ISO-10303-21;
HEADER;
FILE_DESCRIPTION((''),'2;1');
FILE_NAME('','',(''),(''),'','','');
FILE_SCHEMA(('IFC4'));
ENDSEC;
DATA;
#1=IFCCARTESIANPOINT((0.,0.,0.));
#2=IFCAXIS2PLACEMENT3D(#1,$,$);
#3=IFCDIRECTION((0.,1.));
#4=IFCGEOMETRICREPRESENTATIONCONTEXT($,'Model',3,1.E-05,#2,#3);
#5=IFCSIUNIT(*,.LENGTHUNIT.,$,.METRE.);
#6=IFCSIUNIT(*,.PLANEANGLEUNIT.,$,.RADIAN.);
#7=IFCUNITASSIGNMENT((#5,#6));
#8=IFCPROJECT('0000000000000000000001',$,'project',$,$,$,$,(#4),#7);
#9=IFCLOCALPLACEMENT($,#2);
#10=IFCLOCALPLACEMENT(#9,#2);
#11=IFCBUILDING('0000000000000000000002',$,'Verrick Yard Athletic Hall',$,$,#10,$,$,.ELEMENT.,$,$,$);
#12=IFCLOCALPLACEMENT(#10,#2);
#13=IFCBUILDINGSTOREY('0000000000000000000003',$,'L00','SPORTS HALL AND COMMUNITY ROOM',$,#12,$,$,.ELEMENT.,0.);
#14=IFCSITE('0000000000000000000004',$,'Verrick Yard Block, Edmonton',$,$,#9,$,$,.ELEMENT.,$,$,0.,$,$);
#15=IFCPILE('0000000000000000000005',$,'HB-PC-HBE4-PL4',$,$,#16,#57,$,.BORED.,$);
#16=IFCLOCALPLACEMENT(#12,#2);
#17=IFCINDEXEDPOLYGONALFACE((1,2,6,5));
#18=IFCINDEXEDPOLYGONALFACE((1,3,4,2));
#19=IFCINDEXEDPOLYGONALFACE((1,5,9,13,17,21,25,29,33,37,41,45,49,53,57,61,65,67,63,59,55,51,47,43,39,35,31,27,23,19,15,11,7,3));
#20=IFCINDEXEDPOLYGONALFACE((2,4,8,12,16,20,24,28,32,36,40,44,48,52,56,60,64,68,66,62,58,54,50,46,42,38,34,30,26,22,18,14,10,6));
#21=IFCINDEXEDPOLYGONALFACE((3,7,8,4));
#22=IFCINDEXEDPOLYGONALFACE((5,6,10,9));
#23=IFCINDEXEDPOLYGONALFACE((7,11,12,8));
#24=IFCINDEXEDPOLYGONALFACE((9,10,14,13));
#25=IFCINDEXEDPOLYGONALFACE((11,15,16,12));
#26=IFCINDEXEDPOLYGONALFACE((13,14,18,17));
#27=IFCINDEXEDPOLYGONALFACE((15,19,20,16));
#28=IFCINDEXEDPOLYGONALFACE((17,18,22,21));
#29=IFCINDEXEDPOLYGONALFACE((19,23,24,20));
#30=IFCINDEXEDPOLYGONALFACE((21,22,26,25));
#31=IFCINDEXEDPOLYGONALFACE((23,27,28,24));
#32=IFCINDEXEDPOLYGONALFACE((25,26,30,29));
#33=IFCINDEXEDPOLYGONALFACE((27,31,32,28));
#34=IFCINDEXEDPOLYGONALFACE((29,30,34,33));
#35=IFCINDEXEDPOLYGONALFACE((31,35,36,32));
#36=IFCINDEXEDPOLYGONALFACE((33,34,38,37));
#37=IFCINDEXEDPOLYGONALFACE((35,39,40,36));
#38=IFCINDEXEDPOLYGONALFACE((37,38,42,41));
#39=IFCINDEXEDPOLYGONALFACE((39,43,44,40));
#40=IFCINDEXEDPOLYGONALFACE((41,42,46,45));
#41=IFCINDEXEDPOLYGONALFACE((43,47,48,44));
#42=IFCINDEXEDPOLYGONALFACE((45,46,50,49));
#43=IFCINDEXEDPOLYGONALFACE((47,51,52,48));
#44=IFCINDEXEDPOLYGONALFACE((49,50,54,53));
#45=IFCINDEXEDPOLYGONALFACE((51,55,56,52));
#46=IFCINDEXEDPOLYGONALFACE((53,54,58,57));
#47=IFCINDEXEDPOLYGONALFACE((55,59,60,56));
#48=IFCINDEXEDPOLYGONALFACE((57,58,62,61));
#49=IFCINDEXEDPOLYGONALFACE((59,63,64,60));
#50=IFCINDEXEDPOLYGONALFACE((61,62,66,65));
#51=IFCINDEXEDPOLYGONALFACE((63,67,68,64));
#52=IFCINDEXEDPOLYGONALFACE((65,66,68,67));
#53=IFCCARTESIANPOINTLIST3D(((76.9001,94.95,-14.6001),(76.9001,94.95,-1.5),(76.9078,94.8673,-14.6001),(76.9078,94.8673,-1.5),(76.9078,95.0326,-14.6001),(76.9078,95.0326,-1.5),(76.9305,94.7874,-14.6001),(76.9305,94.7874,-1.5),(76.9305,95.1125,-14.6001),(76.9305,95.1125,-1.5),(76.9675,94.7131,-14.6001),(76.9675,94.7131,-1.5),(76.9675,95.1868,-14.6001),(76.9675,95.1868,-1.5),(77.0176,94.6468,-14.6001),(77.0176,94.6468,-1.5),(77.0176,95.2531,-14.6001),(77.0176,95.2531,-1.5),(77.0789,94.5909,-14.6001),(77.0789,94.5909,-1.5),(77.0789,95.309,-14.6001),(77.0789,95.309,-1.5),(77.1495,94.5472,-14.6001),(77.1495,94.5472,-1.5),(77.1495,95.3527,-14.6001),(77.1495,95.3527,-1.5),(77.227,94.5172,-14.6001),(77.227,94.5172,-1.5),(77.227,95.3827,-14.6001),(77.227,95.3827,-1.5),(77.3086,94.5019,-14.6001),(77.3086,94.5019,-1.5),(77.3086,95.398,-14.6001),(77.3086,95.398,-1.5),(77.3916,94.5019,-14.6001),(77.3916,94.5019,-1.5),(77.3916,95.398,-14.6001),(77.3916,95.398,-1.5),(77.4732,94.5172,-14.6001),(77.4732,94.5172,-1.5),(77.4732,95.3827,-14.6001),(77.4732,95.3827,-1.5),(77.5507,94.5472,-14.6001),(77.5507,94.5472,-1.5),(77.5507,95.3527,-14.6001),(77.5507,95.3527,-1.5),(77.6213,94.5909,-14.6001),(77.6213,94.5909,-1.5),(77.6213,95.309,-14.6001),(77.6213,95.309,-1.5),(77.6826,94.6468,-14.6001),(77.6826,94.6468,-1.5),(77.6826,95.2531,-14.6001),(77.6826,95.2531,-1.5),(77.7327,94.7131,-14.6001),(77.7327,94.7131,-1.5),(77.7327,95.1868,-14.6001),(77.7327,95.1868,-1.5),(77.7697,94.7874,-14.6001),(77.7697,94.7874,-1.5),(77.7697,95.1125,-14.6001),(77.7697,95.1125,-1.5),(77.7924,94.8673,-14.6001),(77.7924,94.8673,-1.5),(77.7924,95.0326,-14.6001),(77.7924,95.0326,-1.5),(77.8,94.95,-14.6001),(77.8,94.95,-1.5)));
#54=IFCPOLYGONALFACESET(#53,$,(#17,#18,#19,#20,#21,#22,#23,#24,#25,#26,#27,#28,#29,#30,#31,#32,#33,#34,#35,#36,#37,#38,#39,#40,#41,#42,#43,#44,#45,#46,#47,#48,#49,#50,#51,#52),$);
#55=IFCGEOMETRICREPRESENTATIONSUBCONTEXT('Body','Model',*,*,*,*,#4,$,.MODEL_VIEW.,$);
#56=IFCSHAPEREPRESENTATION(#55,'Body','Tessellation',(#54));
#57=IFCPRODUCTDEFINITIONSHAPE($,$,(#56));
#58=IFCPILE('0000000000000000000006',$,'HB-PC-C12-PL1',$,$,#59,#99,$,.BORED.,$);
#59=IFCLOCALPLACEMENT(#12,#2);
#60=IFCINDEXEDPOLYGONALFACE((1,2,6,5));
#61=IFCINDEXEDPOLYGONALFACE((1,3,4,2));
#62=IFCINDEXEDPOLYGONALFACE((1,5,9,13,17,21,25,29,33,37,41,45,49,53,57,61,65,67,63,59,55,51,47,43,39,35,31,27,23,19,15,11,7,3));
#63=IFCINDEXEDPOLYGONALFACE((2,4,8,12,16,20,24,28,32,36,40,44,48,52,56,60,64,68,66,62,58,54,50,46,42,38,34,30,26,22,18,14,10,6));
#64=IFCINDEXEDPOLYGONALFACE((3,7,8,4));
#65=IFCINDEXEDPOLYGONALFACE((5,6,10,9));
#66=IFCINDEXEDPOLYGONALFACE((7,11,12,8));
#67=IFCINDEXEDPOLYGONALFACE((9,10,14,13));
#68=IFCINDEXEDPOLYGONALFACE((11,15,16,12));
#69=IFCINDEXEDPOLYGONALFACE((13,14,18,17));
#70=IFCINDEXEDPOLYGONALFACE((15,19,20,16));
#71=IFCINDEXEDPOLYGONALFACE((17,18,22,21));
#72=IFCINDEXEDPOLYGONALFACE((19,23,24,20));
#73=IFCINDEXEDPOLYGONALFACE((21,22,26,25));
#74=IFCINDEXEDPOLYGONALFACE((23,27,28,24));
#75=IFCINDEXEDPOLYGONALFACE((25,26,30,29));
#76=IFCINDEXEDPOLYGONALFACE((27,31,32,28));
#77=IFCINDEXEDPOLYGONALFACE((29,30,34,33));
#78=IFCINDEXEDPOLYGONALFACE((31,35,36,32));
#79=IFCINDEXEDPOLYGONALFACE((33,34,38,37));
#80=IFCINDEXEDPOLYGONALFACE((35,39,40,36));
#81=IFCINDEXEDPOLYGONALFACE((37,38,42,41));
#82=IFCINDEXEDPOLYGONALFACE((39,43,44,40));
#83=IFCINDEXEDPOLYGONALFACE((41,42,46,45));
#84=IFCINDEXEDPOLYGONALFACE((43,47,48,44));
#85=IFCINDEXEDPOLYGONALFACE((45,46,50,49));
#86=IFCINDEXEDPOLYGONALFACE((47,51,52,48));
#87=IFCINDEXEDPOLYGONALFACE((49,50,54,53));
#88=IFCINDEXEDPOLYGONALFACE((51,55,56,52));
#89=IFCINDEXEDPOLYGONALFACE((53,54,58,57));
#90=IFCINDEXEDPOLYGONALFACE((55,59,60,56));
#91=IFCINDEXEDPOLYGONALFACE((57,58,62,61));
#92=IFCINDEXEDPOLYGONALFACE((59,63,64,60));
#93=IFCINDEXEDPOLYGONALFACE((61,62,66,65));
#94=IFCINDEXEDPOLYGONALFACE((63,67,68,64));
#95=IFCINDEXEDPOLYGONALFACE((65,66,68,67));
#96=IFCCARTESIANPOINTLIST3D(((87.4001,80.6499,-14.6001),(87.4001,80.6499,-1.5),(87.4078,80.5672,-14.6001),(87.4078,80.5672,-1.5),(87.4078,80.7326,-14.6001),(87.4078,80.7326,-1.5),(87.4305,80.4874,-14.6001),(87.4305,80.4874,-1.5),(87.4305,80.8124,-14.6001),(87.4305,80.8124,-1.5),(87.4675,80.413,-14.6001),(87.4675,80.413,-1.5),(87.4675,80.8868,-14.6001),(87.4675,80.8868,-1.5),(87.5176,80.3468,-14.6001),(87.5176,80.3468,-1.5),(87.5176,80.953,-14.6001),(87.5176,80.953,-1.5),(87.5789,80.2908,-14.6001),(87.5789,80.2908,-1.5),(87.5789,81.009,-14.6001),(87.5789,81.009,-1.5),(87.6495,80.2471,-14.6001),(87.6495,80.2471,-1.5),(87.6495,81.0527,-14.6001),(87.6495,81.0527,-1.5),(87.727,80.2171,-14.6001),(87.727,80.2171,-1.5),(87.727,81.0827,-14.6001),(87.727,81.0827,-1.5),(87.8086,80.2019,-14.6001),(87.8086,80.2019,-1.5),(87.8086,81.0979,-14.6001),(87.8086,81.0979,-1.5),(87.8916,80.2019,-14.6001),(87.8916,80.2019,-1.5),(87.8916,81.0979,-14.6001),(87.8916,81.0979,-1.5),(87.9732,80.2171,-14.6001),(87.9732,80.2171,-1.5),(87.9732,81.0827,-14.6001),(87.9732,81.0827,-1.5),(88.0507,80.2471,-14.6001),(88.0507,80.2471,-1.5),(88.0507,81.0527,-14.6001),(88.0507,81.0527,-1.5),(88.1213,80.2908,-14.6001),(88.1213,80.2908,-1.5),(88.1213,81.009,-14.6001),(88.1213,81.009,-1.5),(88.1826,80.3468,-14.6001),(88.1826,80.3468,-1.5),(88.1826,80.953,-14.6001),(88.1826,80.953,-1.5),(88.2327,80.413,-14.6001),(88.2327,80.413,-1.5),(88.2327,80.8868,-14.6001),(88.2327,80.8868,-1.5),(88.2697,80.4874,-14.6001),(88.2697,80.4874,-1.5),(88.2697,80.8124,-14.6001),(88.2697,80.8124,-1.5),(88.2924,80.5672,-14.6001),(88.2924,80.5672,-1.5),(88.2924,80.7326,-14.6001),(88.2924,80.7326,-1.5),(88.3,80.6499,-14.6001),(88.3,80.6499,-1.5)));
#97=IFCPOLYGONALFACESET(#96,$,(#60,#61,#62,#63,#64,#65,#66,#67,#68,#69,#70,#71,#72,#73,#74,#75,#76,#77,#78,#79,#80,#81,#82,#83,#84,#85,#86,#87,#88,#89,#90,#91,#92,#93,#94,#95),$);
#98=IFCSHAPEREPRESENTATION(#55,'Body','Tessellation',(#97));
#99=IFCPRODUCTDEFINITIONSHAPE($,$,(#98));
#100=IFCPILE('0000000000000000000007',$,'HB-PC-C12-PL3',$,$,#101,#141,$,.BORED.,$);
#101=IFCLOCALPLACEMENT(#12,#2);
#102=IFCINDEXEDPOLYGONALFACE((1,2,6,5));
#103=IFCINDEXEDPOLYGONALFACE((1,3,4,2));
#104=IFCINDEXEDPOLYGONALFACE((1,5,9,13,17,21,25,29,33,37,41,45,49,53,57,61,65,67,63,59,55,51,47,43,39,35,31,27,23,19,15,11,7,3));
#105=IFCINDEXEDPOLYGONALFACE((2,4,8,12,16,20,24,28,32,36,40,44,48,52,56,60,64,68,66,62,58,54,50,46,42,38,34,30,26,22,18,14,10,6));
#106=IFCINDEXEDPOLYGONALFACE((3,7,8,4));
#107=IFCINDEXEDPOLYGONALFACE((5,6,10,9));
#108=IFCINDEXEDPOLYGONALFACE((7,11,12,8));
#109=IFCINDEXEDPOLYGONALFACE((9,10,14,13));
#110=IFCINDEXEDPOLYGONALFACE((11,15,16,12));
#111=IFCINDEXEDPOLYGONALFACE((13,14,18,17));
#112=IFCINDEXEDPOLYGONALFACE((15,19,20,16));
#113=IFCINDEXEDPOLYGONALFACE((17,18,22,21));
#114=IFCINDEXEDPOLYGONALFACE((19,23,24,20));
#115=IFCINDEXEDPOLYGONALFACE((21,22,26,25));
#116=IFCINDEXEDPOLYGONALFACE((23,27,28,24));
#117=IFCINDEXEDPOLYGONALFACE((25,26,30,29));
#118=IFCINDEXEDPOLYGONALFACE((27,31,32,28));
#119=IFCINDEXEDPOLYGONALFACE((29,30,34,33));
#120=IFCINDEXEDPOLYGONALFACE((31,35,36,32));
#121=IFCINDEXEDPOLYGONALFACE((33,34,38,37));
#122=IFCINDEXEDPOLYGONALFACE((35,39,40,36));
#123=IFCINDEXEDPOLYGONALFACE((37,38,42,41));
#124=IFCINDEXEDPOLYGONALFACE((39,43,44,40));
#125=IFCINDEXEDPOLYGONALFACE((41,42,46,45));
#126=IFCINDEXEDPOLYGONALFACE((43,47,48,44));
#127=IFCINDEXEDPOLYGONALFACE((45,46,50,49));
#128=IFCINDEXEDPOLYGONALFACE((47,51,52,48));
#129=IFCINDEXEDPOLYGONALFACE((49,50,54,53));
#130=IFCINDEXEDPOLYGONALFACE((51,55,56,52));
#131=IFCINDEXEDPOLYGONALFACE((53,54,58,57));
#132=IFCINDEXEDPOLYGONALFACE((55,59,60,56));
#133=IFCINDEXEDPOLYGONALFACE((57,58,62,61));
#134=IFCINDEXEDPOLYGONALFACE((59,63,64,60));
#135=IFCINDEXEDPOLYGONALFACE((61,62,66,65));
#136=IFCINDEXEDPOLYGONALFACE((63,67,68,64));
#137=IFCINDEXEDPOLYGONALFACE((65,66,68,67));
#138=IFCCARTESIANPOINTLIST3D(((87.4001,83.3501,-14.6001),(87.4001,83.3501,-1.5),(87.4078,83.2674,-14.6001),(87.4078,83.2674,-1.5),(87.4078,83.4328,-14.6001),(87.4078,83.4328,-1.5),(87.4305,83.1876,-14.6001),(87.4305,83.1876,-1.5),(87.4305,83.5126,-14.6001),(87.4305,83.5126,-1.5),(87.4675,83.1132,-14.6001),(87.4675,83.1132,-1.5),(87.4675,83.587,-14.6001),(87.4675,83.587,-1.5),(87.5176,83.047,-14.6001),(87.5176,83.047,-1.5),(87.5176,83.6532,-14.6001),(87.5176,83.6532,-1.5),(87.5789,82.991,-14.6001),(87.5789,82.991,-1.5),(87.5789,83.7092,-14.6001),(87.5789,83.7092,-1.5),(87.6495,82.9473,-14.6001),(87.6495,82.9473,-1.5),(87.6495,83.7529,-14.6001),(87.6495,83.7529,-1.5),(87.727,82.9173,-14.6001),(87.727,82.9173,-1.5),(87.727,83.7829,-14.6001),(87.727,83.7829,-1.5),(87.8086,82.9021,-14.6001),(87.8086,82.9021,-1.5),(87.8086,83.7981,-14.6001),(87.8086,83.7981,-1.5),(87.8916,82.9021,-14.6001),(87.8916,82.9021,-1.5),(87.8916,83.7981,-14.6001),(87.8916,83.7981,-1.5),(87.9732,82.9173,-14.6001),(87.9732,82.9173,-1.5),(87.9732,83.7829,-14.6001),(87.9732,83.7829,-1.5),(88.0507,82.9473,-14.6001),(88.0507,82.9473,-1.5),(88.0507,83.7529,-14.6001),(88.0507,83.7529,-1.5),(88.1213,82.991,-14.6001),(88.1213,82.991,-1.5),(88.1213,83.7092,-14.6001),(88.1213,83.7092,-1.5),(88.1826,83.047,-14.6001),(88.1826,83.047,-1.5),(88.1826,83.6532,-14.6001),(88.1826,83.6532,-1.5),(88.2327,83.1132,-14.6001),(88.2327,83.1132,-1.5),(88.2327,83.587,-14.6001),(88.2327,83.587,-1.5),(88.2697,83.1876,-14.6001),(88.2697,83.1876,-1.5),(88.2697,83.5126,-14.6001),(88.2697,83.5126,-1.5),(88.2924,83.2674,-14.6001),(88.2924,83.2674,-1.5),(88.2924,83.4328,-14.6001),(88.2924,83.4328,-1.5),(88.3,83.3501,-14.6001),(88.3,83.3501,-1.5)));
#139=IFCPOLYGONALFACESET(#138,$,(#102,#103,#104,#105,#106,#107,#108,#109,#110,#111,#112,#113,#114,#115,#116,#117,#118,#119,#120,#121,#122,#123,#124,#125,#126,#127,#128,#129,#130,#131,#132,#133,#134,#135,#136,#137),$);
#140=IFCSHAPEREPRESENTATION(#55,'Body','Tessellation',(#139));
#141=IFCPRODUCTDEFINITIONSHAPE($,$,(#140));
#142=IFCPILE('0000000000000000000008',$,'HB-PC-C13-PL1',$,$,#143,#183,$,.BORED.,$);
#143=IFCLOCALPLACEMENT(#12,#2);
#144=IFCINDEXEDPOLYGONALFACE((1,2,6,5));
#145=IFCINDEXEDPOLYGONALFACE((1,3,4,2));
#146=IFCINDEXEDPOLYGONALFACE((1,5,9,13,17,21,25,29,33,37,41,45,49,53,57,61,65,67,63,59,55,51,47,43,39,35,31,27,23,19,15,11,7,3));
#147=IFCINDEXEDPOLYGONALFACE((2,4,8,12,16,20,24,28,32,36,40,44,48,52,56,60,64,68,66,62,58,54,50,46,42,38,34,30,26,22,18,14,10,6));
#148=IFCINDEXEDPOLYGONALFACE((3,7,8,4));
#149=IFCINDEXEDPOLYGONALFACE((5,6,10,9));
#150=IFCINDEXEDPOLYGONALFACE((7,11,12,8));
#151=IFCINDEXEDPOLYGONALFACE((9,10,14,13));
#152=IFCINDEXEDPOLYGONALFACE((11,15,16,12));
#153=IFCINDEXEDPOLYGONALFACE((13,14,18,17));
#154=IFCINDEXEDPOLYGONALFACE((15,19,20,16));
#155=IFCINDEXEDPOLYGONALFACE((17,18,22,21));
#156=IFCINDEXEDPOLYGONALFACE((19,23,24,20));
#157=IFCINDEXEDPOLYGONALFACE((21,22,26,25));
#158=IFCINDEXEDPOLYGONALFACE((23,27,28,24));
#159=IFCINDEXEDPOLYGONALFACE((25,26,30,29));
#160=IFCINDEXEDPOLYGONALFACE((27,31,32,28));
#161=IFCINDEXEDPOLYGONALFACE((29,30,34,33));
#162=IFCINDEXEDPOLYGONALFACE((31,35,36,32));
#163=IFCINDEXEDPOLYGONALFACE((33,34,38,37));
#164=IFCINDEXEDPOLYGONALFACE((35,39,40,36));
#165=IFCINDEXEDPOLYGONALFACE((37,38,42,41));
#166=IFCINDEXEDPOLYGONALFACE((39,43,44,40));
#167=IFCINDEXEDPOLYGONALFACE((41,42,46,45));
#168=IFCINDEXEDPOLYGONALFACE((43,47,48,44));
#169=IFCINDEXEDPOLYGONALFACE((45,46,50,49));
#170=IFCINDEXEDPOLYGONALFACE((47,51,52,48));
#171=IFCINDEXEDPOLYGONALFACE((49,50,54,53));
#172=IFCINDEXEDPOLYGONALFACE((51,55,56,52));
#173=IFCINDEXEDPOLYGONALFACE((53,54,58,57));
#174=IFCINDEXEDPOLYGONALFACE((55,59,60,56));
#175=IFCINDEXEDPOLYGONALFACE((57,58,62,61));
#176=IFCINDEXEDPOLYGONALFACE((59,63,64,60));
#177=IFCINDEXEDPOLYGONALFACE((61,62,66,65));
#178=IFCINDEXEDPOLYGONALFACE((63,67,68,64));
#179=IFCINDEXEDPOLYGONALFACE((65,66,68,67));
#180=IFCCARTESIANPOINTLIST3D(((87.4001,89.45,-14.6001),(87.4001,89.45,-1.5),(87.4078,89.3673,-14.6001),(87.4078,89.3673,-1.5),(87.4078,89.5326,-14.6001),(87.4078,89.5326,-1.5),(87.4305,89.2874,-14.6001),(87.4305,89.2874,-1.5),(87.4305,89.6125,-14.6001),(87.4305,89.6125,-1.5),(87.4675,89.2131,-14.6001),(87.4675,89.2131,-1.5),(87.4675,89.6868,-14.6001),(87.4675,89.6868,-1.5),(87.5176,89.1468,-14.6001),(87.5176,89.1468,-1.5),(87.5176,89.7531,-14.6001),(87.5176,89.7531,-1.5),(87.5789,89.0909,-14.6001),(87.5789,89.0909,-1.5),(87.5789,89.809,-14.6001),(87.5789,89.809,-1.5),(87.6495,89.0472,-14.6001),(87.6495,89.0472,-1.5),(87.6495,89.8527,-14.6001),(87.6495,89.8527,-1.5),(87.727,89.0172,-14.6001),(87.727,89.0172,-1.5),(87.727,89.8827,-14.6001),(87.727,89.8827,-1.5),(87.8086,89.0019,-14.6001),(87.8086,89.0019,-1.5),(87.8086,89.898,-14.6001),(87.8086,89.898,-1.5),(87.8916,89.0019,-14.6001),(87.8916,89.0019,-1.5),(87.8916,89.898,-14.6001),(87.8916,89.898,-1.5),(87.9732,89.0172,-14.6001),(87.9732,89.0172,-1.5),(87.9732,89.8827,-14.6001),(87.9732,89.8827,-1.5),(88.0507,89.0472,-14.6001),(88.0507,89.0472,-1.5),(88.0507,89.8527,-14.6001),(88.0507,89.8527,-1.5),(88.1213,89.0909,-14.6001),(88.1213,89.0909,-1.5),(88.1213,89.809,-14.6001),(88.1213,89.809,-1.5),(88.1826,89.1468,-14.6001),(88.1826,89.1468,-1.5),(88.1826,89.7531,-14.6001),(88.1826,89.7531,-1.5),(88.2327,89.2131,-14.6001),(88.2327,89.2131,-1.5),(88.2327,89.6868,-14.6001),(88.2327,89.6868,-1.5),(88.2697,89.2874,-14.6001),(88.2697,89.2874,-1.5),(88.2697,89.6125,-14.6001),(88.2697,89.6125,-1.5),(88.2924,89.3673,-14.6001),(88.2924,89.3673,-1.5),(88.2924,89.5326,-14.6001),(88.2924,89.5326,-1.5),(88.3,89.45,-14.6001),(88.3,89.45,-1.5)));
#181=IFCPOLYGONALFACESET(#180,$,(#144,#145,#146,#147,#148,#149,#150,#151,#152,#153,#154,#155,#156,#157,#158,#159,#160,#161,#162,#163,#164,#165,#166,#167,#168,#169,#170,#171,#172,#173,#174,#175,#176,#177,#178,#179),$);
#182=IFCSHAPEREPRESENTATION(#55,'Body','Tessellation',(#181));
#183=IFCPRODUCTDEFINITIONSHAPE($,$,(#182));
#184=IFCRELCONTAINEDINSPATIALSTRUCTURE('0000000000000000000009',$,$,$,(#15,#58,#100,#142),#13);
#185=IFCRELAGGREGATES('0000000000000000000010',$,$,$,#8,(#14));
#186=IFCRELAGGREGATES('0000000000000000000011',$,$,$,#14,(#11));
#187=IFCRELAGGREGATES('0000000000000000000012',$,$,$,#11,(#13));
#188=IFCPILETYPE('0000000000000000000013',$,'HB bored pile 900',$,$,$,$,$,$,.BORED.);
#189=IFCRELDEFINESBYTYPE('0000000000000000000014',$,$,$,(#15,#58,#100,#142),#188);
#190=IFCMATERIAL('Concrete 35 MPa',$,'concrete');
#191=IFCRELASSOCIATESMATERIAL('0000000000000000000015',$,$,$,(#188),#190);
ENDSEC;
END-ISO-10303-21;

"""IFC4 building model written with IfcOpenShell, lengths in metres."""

from ifc_helpers import new_model, si_unit, direction, frame, origin, origin_2d, place, context, subcontext, project, spatial, circle, extrude, material, material_profile, profile_set, type_object, element, save


model = new_model("IFC4")

# Units and contexts
model_context = context("Model", 3, precision=1e-05, world=origin(), true_north=direction((0.0, 1.0)))
body_context = subcontext(model_context, "Body", "Model", "MODEL_VIEW")
ifc_project = project(units=[si_unit("LENGTHUNIT", "METRE"), si_unit("PLANEANGLEUNIT", "RADIAN")], contexts=[model_context])

# Site, building, storey
site_placement = place(None, origin())
site = spatial("IfcSite", under=ifc_project, at=site_placement, Name="Verrick Yard Block, Edmonton", CompositionType="ELEMENT", RefElevation=0.0)
building_placement = place(site_placement, origin())
building = spatial("IfcBuilding", under=site, at=building_placement, Name="Verrick Yard Athletic Hall", CompositionType="ELEMENT")
storey_placement = place(building_placement, origin())
storey = spatial("IfcBuildingStorey", under=building, at=storey_placement, Name="L00", Description="SPORTS HALL AND COMMUNITY ROOM", CompositionType="ELEMENT", Elevation=0.0)

# Piles
ifc_material_1 = material(Name="Concrete 35 MPa", Category="concrete")
ifc_material_profile_1 = material_profile(ifc_material_1, circle(Radius=0.45, at=origin_2d()), Name="Bored pile 900")
ifc_profile_set_1 = profile_set([ifc_material_profile_1], Name="Concrete 35 MPa")
pile_type = type_object("IfcPileType", Name="HB bored pile 900", PredefinedType="BORED", material=ifc_profile_set_1)
for number, where, z_axis, x_axis, name in (
    (1, (77.3501, 94.95, -1.5), (0.0, 0.0, -1.0), (1.0, 0.0, 0.0), "HB-PC-HBE4-PL4"),
    (2, (87.8501, 80.6499, -1.5), (0.0, 0.0, -1.0), (1.0, 0.0, 0.0), "HB-PC-C12-PL1"),
    (3, (87.8501, 83.3501, -1.5), (0.0, 0.0, -1.0), (1.0, 0.0, 0.0), "HB-PC-C12-PL3"),
    (4, (87.8501, 89.45, -1.5), (0.0, 0.0, -1.0), (1.0, 0.0, 0.0), "HB-PC-C13-PL1"),
):
    element("IfcPile", number, at=place(storey_placement, frame(where, z_axis=z_axis, x_axis=x_axis)), inside=storey, type_object=pile_type, Name=name, PredefinedType="BORED", context=body_context, shape_type="SweptSolid", body=[
        extrude(circle(Radius=0.45, at=origin_2d()), origin(), (0.0, 0.0, 1.0), 13.1001),
    ])

save(model, "model.ifc")
